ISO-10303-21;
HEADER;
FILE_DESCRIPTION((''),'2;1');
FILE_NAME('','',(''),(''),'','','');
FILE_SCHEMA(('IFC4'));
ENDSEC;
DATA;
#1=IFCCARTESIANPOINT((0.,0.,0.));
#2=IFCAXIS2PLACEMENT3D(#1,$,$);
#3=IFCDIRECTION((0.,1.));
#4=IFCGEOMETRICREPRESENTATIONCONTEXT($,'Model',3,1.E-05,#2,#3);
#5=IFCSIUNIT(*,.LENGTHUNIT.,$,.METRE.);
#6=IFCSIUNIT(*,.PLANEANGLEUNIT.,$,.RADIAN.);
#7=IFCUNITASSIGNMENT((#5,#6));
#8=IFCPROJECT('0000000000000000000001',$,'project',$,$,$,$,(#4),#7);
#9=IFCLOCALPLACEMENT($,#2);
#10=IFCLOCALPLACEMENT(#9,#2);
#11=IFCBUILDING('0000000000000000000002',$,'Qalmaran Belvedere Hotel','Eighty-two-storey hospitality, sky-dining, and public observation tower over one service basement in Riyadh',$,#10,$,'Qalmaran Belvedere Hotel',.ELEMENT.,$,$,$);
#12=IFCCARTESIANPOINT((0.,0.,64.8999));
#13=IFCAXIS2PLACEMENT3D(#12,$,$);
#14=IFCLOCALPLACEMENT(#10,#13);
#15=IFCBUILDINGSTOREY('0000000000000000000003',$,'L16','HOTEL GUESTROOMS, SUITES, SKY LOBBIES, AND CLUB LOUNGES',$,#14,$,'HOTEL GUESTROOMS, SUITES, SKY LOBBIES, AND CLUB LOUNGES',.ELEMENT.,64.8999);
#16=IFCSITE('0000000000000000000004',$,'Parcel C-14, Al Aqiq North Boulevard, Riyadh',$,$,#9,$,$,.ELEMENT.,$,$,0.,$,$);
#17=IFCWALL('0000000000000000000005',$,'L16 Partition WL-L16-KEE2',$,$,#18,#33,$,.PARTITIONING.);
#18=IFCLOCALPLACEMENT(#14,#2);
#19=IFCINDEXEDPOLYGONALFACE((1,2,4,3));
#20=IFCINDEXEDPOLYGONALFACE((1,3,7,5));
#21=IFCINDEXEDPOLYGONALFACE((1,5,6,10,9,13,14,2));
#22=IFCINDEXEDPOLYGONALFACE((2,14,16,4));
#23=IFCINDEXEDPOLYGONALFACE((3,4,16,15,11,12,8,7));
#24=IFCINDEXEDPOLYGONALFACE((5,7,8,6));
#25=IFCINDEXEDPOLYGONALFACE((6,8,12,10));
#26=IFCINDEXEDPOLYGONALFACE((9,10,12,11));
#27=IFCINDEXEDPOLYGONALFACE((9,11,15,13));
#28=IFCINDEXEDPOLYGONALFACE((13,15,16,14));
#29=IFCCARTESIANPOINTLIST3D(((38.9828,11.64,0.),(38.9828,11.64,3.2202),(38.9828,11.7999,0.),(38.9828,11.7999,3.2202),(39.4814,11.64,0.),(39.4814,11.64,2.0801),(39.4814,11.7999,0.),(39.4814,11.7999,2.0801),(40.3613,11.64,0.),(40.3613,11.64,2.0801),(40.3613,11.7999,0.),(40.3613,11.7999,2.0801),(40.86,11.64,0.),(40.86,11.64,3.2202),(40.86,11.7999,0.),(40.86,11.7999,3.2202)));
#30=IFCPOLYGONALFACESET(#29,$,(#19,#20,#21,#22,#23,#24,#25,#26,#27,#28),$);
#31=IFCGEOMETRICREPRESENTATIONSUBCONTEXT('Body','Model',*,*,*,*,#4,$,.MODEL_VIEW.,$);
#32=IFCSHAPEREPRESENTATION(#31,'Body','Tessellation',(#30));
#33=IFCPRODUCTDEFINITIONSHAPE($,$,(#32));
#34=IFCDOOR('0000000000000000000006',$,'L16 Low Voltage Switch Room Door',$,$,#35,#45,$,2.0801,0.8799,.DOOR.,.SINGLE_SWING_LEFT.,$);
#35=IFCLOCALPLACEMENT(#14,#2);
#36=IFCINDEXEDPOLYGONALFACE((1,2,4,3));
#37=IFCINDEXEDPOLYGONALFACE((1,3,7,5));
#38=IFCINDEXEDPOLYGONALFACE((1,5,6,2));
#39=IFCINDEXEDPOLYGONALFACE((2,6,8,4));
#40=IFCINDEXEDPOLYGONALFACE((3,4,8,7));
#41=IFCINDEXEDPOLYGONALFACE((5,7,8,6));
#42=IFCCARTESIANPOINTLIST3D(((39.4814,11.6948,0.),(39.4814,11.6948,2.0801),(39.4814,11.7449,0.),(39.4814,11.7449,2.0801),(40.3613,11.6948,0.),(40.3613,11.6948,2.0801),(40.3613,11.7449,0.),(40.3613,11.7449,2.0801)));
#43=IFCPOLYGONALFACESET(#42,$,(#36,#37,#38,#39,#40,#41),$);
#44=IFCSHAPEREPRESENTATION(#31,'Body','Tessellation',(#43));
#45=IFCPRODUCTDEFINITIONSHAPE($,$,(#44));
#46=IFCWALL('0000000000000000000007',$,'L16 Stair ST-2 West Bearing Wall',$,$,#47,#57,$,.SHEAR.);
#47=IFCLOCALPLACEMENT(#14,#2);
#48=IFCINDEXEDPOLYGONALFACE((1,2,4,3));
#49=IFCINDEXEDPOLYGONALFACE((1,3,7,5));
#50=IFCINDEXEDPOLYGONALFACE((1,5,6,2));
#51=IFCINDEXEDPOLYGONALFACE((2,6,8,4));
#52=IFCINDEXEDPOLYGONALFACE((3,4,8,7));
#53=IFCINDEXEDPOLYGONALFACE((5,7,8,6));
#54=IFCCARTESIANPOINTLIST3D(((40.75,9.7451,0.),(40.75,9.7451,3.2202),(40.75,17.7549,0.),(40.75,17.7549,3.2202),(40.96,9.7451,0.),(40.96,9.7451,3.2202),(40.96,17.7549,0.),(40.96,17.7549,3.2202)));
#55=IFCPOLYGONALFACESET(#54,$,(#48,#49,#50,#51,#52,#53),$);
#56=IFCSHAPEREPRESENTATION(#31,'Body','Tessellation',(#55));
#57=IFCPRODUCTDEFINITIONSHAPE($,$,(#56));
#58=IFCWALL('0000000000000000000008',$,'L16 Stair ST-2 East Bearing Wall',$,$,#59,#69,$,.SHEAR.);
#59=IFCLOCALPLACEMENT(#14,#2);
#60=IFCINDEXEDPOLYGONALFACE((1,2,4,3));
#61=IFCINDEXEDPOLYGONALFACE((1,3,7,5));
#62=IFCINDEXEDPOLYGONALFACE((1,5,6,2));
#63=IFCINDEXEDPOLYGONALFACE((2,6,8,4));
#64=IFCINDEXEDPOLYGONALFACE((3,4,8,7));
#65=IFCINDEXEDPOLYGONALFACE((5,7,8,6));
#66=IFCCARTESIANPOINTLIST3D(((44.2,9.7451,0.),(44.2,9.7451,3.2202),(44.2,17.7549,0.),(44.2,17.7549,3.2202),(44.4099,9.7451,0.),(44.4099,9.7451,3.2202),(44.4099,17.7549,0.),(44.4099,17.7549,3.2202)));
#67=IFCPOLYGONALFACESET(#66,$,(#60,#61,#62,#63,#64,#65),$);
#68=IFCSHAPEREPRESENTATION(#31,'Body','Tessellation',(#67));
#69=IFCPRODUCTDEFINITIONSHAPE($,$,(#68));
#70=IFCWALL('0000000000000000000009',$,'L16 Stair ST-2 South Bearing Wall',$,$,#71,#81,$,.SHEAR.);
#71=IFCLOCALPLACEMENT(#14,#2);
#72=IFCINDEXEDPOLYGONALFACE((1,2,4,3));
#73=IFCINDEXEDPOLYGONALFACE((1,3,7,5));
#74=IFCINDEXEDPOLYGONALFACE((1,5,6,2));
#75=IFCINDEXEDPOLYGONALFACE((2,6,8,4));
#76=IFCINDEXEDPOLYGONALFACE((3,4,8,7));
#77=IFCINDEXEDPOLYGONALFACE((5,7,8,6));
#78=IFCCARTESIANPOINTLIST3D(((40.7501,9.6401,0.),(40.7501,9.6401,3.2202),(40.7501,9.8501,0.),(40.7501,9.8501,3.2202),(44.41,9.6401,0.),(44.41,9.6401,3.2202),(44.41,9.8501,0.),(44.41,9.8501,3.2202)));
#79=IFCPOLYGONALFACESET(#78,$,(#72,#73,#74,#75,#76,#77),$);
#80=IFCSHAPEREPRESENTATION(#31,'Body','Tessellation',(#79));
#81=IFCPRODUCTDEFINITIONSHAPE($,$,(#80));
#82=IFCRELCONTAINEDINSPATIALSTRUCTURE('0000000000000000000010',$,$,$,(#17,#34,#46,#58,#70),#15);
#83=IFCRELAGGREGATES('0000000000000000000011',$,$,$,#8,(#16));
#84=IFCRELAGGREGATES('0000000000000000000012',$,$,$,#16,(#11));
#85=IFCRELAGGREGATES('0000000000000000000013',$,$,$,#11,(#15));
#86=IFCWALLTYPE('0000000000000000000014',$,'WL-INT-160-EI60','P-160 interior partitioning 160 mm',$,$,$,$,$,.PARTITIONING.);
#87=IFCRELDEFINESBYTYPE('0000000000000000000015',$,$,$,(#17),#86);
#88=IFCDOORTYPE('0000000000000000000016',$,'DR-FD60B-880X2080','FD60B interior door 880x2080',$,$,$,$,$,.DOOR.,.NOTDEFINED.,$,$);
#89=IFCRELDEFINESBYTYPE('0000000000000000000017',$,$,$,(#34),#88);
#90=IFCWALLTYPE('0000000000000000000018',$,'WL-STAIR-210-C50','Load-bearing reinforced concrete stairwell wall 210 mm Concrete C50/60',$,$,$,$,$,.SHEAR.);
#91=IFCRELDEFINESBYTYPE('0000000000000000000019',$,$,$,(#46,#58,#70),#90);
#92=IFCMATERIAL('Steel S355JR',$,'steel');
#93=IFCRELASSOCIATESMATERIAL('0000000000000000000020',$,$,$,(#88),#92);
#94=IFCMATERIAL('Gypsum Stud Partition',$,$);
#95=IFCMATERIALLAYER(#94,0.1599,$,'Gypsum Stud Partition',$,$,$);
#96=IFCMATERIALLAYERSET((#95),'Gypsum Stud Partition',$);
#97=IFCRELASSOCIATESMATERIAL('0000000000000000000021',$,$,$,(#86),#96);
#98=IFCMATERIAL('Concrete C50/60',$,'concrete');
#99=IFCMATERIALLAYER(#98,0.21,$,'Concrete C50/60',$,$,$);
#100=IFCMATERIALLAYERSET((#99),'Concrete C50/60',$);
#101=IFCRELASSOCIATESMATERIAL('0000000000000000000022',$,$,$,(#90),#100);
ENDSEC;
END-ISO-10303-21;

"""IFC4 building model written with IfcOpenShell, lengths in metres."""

from ifc_helpers import new_model, si_unit, direction, frame, frame_2d, origin, place, context, subcontext, project, spatial, rectangle, extrude, material, layer, layer_set, type_object, element, fill, save


model = new_model("IFC4")

# Units and contexts
model_context = context("Model", 3, precision=1e-05, world=origin(), true_north=direction((0.0, 1.0)))
body_context = subcontext(model_context, "Body", "Model", "MODEL_VIEW")
ifc_project = project(units=[si_unit("LENGTHUNIT", "METRE"), si_unit("PLANEANGLEUNIT", "RADIAN")], contexts=[model_context])

# Site, building, storey
site_placement = place(None, origin())
site = spatial("IfcSite", under=ifc_project, at=site_placement, Name="Parcel C-14, Al Aqiq North Boulevard, Riyadh", CompositionType="ELEMENT", RefElevation=0.0)
building_placement = place(site_placement, origin())
building = spatial("IfcBuilding", under=site, at=building_placement, Name="Qalmaran Belvedere Hotel", Description="Eighty-two-storey hospitality, sky-dining, and public observation tower over one service basement in Riyadh", LongName="Qalmaran Belvedere Hotel", CompositionType="ELEMENT")
storey_placement = place(building_placement, frame((0.0, 0.0, 64.8999)))
storey = spatial("IfcBuildingStorey", under=building, at=storey_placement, Name="L16", Description="HOTEL GUESTROOMS, SUITES, SKY LOBBIES, AND CLUB LOUNGES", LongName="HOTEL GUESTROOMS, SUITES, SKY LOBBIES, AND CLUB LOUNGES", CompositionType="ELEMENT", Elevation=64.8999)

# Shared definitions
ifc_material_1 = material(Name="Steel S355JR", Category="steel")

# Shared definitions
ifc_material_2 = material(Name="Gypsum Stud Partition")

# Wall, opening, door
door_type_1 = type_object("IfcDoorType", Name="DR-FD60B-880X2080", Description="FD60B interior door 880x2080", OperationType="NOTDEFINED", PredefinedType="DOOR", material=ifc_material_1)
ifc_layer_1 = layer(ifc_material_2, 0.1599, Name="Gypsum Stud Partition")
ifc_layer_set_1 = layer_set([ifc_layer_1], Name="Gypsum Stud Partition")
wall_type_1 = type_object("IfcWallType", Name="WL-INT-160-EI60", Description="P-160 interior partitioning 160 mm", PredefinedType="PARTITIONING", material=ifc_layer_set_1)
wall_1_placement = place(storey_placement, frame((38.9829, 11.72, 0.0), z_axis=(0.0, 0.0, 1.0), x_axis=(1.0, 0.0, 0.0)))
wall_1 = element("IfcWall", 1, at=wall_1_placement, inside=storey, type_object=wall_type_1, Name="L16 Partition WL-L16-KEE2", PredefinedType="PARTITIONING", context=body_context, shape_type="SweptSolid", body=[
    extrude(rectangle(XDim=1.8772, YDim=0.1599, at=frame_2d((0.9385, 0.0))), origin(), (0.0, 0.0, 1.0), 3.2202),
])
opening_1_placement = place(wall_1_placement, frame((0.4985, 0.0, 0.0)))
opening_1 = element("IfcOpeningElement", 2, at=opening_1_placement, cuts=wall_1, PredefinedType="OPENING", context=body_context, shape_type="SweptSolid", body=[
    extrude(rectangle(XDim=0.8799, YDim=2.0801, at=frame_2d((0.4399, 1.04))), frame((0.0, 0.0898, 0.0), z_axis=(0.0, -1.0, 0.0), x_axis=(1.0, 0.0, 0.0)), (0.0, 0.0, 1.0), 0.1799),
])
door_1_placement = place(opening_1_placement, origin())
door_1 = element("IfcDoor", 3, at=door_1_placement, inside=storey, type_object=door_type_1, Name="L16 Low Voltage Switch Room Door", OperationType="SINGLE_SWING_LEFT", OverallHeight=2.0801, OverallWidth=0.8799, PredefinedType="DOOR", context=body_context, shape_type="SweptSolid", body=[
    extrude(rectangle(XDim=0.8799, YDim=2.0801, at=frame_2d((0.4399, 1.04))), frame((0.0, 0.0249, 0.0), z_axis=(0.0, -1.0, 0.0), x_axis=(1.0, 0.0, 0.0)), (0.0, 0.0, 1.0), 0.05),
])
fill(opening_1, door_1)

# Walls
ifc_material_3 = material(Name="Concrete C50/60", Category="concrete")
ifc_layer_2 = layer(ifc_material_3, 0.21, Name="Concrete C50/60")
ifc_layer_set_2 = layer_set([ifc_layer_2], Name="Concrete C50/60")
wall_type_2 = type_object("IfcWallType", Name="WL-STAIR-210-C50", Description="Load-bearing reinforced concrete stairwell wall 210 mm Concrete C50/60", PredefinedType="SHEAR", material=ifc_layer_set_2)
for number, where, z_axis, x_axis, name in (
    (4, (40.855, 9.7451, 0.0), (0.0, 0.0, 1.0), (0.0, 1.0, 0.0), "L16 Stair ST-2 West Bearing Wall"),
    (5, (44.3049, 9.7451, 0.0), (0.0, 0.0, 1.0), (0.0, 1.0, 0.0), "L16 Stair ST-2 East Bearing Wall"),
):
    element("IfcWall", number, at=place(storey_placement, frame(where, z_axis=z_axis, x_axis=x_axis)), inside=storey, type_object=wall_type_2, Name=name, PredefinedType="SHEAR", context=body_context, shape_type="SweptSolid", body=[
        extrude(rectangle(XDim=8.0098, YDim=0.21, at=frame_2d((4.0049, 0.0))), origin(), (0.0, 0.0, 1.0), 3.2202),
    ])
wall_2_placement = place(storey_placement, frame((40.75, 9.7451, 0.0), z_axis=(0.0, 0.0, 1.0), x_axis=(1.0, 0.0, 0.0)))
element("IfcWall", 6, at=wall_2_placement, inside=storey, type_object=wall_type_2, Name="L16 Stair ST-2 South Bearing Wall", PredefinedType="SHEAR", context=body_context, shape_type="SweptSolid", body=[
    extrude(rectangle(XDim=3.6599, YDim=0.21, at=frame_2d((1.8301, 0.0))), origin(), (0.0, 0.0, 1.0), 3.2202),
])

save(model, "model.ifc")
